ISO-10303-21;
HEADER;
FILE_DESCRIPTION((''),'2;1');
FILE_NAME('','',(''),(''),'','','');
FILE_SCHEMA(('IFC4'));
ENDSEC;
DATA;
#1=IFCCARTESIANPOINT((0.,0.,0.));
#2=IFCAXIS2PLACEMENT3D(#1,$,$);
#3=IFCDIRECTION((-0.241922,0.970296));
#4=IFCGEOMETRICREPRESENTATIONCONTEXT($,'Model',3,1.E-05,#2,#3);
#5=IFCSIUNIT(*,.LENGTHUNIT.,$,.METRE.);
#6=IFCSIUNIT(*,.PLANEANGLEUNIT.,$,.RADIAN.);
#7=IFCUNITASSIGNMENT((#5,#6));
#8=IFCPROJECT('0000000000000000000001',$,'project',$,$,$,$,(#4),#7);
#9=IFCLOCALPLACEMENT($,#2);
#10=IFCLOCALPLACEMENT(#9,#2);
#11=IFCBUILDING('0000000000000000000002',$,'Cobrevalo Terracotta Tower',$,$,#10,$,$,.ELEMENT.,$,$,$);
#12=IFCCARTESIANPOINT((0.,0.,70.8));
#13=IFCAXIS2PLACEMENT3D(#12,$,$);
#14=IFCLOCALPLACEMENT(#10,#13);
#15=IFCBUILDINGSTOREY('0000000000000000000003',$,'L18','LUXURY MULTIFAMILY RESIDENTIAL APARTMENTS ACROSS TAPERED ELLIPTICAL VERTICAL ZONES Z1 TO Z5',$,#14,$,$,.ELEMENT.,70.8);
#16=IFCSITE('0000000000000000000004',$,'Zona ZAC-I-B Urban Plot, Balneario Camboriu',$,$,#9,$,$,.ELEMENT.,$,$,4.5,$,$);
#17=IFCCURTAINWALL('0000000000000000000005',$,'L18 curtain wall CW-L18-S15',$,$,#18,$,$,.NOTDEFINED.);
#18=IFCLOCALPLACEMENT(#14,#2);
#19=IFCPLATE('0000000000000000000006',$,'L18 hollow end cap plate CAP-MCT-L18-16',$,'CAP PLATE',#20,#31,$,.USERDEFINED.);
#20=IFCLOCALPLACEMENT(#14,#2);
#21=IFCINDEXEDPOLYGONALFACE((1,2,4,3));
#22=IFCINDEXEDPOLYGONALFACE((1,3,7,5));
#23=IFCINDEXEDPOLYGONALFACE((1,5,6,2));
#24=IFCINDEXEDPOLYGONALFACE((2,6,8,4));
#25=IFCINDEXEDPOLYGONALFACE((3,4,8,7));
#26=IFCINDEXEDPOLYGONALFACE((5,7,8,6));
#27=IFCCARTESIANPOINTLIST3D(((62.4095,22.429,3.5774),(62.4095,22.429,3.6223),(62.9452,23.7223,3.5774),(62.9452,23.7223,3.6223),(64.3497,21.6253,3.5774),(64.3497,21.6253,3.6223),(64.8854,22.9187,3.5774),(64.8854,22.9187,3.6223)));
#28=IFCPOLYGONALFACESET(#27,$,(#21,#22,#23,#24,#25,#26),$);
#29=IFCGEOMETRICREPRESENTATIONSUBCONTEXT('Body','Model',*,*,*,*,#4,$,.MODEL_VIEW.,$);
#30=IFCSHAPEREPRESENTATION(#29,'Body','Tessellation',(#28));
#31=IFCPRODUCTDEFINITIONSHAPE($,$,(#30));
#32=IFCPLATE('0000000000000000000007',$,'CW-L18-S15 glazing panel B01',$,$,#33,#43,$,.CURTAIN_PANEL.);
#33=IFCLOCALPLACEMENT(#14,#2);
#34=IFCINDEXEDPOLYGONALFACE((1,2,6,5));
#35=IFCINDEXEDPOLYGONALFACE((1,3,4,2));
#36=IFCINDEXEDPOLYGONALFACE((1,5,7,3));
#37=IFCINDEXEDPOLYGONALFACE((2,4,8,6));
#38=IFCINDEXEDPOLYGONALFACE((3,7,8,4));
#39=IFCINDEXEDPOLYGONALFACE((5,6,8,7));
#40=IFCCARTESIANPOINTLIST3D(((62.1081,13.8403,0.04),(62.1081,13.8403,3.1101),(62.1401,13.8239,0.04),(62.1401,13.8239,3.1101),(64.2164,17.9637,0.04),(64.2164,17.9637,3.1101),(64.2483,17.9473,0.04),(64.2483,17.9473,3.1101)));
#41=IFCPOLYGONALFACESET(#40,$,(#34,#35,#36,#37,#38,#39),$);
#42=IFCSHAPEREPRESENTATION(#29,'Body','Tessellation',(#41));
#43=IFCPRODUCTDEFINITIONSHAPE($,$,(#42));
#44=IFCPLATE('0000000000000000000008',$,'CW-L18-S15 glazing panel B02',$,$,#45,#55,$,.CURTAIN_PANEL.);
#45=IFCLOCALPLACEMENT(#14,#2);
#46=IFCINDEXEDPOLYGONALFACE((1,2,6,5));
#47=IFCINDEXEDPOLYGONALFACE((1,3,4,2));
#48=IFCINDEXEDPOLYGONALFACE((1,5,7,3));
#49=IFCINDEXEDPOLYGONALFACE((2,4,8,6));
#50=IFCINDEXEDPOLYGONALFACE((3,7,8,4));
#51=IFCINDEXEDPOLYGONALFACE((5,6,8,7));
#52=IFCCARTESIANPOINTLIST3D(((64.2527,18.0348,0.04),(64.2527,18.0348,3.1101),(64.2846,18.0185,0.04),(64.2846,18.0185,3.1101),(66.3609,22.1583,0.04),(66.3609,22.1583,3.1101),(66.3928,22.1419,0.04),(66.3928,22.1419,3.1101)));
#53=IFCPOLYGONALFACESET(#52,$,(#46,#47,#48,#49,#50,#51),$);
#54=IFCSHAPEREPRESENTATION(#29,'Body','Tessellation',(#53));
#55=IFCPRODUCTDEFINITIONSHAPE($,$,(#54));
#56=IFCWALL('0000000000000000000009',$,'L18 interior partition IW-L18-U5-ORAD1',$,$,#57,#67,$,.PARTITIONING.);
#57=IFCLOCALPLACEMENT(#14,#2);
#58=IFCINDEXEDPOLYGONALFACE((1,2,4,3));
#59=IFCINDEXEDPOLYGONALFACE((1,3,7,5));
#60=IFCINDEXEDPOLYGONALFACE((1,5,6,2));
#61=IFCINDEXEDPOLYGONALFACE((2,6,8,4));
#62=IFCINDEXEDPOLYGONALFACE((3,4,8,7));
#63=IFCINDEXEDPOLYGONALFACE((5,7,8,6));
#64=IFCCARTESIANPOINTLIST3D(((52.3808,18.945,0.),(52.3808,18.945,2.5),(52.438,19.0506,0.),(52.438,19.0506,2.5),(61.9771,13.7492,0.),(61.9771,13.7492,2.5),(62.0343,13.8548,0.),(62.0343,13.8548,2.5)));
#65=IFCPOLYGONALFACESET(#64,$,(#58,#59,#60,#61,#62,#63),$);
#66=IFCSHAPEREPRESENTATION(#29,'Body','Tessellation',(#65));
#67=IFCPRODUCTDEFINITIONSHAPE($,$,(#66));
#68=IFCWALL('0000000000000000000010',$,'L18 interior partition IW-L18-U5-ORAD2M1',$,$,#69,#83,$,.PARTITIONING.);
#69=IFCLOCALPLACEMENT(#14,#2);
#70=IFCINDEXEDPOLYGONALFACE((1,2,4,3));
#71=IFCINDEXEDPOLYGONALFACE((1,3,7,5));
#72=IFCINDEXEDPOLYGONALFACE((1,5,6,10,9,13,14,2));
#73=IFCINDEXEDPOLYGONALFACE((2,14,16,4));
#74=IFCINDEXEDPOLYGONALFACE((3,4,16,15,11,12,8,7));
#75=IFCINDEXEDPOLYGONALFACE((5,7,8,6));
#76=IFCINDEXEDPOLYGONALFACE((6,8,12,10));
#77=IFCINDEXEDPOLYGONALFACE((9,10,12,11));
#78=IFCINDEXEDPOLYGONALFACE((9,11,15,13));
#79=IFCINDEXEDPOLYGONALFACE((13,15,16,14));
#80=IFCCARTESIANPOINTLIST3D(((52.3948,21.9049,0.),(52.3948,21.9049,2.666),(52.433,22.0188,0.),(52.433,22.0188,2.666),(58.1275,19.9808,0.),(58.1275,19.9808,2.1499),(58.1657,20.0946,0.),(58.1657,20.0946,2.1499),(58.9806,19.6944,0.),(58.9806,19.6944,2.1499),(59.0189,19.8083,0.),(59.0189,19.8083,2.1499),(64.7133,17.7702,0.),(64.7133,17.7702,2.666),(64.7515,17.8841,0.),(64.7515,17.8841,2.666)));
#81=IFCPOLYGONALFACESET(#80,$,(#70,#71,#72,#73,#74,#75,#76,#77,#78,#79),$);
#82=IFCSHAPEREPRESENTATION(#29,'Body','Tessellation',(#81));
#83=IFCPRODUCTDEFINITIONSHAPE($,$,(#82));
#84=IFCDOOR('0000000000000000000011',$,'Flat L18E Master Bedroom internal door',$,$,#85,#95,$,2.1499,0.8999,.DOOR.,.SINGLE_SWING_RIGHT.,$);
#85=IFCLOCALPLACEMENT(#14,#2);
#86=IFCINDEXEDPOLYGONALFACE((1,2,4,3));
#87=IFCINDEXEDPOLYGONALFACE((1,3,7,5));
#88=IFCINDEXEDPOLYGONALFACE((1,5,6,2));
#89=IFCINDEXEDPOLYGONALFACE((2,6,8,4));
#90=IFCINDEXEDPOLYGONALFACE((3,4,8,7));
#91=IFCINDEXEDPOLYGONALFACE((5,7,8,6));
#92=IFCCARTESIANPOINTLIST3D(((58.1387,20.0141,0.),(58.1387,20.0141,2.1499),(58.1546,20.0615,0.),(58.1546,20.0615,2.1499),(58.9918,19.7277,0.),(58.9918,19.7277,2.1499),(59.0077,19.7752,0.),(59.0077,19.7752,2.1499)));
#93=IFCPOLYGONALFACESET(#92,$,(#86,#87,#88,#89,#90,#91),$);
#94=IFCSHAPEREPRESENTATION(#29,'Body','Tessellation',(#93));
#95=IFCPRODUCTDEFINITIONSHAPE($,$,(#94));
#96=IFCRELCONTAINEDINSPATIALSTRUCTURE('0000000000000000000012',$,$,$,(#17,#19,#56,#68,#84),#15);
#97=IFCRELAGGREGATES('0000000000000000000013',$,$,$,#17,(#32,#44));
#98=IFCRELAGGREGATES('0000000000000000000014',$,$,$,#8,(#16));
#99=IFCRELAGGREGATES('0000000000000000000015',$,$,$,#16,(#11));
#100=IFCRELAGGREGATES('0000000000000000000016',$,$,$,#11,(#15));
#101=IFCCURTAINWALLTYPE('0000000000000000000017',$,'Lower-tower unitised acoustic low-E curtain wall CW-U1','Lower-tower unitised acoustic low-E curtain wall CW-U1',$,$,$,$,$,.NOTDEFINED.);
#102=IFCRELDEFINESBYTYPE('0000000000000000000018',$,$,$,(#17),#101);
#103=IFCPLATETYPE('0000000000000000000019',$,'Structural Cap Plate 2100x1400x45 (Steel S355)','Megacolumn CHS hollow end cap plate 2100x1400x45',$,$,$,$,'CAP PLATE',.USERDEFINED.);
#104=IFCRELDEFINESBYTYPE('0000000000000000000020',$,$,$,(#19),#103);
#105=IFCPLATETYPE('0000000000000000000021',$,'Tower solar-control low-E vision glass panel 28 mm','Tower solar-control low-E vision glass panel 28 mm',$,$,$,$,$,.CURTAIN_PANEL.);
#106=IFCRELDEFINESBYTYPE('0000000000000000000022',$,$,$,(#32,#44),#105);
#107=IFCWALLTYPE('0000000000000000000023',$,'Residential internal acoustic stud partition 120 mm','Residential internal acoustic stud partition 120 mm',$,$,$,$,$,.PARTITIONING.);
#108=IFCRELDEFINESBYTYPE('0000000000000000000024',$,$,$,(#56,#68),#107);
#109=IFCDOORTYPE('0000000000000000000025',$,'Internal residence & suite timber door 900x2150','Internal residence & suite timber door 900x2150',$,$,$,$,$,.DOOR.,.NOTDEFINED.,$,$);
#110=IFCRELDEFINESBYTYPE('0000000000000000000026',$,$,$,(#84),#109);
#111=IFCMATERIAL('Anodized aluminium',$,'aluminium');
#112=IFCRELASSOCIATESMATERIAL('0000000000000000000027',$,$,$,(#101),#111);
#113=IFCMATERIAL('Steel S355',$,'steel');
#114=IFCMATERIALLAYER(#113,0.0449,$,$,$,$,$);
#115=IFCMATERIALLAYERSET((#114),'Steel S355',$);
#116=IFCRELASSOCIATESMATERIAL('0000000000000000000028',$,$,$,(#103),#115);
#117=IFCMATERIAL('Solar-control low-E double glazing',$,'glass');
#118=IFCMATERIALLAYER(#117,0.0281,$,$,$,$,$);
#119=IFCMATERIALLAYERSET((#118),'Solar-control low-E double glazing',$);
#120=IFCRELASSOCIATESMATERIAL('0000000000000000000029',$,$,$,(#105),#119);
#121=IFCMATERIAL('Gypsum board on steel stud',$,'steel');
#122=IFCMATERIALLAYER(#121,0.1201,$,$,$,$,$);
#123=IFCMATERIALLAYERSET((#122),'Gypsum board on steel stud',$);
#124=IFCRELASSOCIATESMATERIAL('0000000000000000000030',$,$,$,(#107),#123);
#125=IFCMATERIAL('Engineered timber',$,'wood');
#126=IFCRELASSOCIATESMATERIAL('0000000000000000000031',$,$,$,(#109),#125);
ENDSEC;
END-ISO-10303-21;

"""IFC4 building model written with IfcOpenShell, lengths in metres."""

from ifc_helpers import new_model, si_unit, direction, frame, frame_2d, origin, origin_2d, place, context, subcontext, project, spatial, rectangle, extrude, source, transform, mapped, material, layer, layer_set, type_object, element, fill, aggregate, save


model = new_model("IFC4")

# Units and contexts
model_context = context("Model", 3, precision=1e-05, world=origin(), true_north=direction((-0.241922, 0.970296)))
body_context = subcontext(model_context, "Body", "Model", "MODEL_VIEW")
ifc_project = project(units=[si_unit("LENGTHUNIT", "METRE"), si_unit("PLANEANGLEUNIT", "RADIAN")], contexts=[model_context])

# Site, building, storey
site_placement = place(None, origin())
site = spatial("IfcSite", under=ifc_project, at=site_placement, Name="Zona ZAC-I-B Urban Plot, Balneario Camboriu", CompositionType="ELEMENT", RefElevation=4.5)
building_placement = place(site_placement, origin())
building = spatial("IfcBuilding", under=site, at=building_placement, Name="Cobrevalo Terracotta Tower", CompositionType="ELEMENT")
storey_placement = place(building_placement, frame((0.0, 0.0, 70.8)))
storey = spatial("IfcBuildingStorey", under=building, at=storey_placement, Name="L18", Description="LUXURY MULTIFAMILY RESIDENTIAL APARTMENTS ACROSS TAPERED ELLIPTICAL VERTICAL ZONES Z1 TO Z5", CompositionType="ELEMENT", Elevation=70.8)

# Shared definitions
ifc_material_1 = material(Name="Steel S355", Category="steel")

# Curtain wall
ifc_material_2 = material(Name="Anodized aluminium", Category="aluminium")
curtain_wall_type = type_object("IfcCurtainWallType", Name="Lower-tower unitised acoustic low-E curtain wall CW-U1", Description="Lower-tower unitised acoustic low-E curtain wall CW-U1", PredefinedType="NOTDEFINED", material=ifc_material_2)
curtain_wall_1_placement = place(storey_placement, origin())
curtain_wall_1 = element("IfcCurtainWall", 1, at=curtain_wall_1_placement, inside=storey, type_object=curtain_wall_type, Name="L18 curtain wall CW-L18-S15", PredefinedType="NOTDEFINED")

# Plate
ifc_layer_1 = layer(ifc_material_1, 0.0449)
ifc_layer_set_1 = layer_set([ifc_layer_1], Name="Steel S355")
plate_type_1 = type_object("IfcPlateType", Name="Structural Cap Plate 2100x1400x45 (Steel S355)", Description="Megacolumn CHS hollow end cap plate 2100x1400x45", ElementType="CAP PLATE", PredefinedType="USERDEFINED", material=ifc_layer_set_1)
shared_shape_1 = source(origin(), body_context, "Body", "SweptSolid", [
    extrude(rectangle(XDim=2.1001, YDim=1.3999, at=origin_2d()), origin(), (0.0, 0.0, 1.0), 0.0449),
])
for number, where, z_axis, x_axis, name in (
    (2, (63.6475, 22.6738, 3.5774), (0.0, 0.0, 1.0), (0.92388, -0.382683, 0.0), "L18 hollow end cap plate CAP-MCT-L18-16"),
):
    element("IfcPlate", number, at=place(storey_placement, frame(where, z_axis=z_axis, x_axis=x_axis)), inside=storey, type_object=plate_type_1, Name=name, ObjectType="CAP PLATE", PredefinedType="USERDEFINED", context=body_context, shape_type="MappedRepresentation", body=[
        mapped(shared_shape_1, transform((0.0, 0.0, 0.0), scale=1.0)),
    ])

# Plates
ifc_material_3 = material(Name="Solar-control low-E double glazing", Category="glass")
ifc_layer_2 = layer(ifc_material_3, 0.0281)
ifc_layer_set_2 = layer_set([ifc_layer_2], Name="Solar-control low-E double glazing")
plate_type_2 = type_object("IfcPlateType", Name="Tower solar-control low-E vision glass panel 28 mm", Description="Tower solar-control low-E vision glass panel 28 mm", PredefinedType="CURTAIN_PANEL", material=ifc_layer_set_2)
shared_shape_2 = source(origin(), body_context, "Body", "SweptSolid", [
    extrude(rectangle(XDim=4.6311, YDim=0.0359, at=origin_2d()), origin(), (0.0, 0.0, 1.0), 3.0701),
])
plate_1_placement = place(storey_placement, frame((63.1782, 15.8938, 0.04), z_axis=(0.0, 0.0, 1.0), x_axis=(0.455231, 0.890373, 0.0)))
plate_1 = element("IfcPlate", 3, at=plate_1_placement, type_object=plate_type_2, Name="CW-L18-S15 glazing panel B01", PredefinedType="CURTAIN_PANEL", context=body_context, shape_type="MappedRepresentation", body=[
    mapped(shared_shape_2, transform((0.0, 0.0, 0.0), scale=1.0)),
])
plate_2_placement = place(storey_placement, frame((65.3228, 20.0884, 0.04), z_axis=(0.0, 0.0, 1.0), x_axis=(0.455231, 0.890373, 0.0)))
plate_2 = element("IfcPlate", 4, at=plate_2_placement, type_object=plate_type_2, Name="CW-L18-S15 glazing panel B02", PredefinedType="CURTAIN_PANEL", context=body_context, shape_type="MappedRepresentation", body=[
    mapped(shared_shape_2, transform((0.0, 0.0, 0.0), scale=1.0)),
])
aggregate(curtain_wall_1, [plate_1, plate_2])

# Wall
ifc_material_4 = material(Name="Gypsum board on steel stud", Category="steel")
ifc_layer_3 = layer(ifc_material_4, 0.1201)
ifc_layer_set_3 = layer_set([ifc_layer_3], Name="Gypsum board on steel stud")
wall_type = type_object("IfcWallType", Name="Residential internal acoustic stud partition 120 mm", Description="Residential internal acoustic stud partition 120 mm", PredefinedType="PARTITIONING", material=ifc_layer_set_3)
wall_1_placement = place(storey_placement, frame((52.4094, 18.9978, 0.0), z_axis=(0.0, 0.0, 1.0), x_axis=(0.879374, -0.476132, 0.0)))
element("IfcWall", 5, at=wall_1_placement, inside=storey, type_object=wall_type, Name="L18 interior partition IW-L18-U5-ORAD1", PredefinedType="PARTITIONING", context=body_context, shape_type="SweptSolid", body=[
    extrude(rectangle(XDim=10.9126, YDim=0.1201, at=frame_2d((5.4563, 0.0))), origin(), (0.0, 0.0, 1.0), 2.5),
])

# Wall, opening, door
wall_2_placement = place(storey_placement, frame((52.4138, 21.9619, 0.0), z_axis=(0.0, 0.0, 1.0), x_axis=(0.948022, -0.318206, 0.0)))
wall_2 = element("IfcWall", 6, at=wall_2_placement, inside=storey, type_object=wall_type, Name="L18 interior partition IW-L18-U5-ORAD2M1", PredefinedType="PARTITIONING", context=body_context, shape_type="SweptSolid", body=[
    extrude(rectangle(XDim=12.9939, YDim=0.1201, at=frame_2d((6.4971, 0.0))), origin(), (0.0, 0.0, 1.0), 2.666),
])
opening_placement = place(wall_2_placement, frame((6.0471, 0.0, 0.0)))
opening = element("IfcOpeningElement", 7, at=opening_placement, cuts=wall_2, PredefinedType="OPENING", context=body_context, shape_type="SweptSolid", body=[
    extrude(rectangle(XDim=0.8999, YDim=2.1499, at=frame_2d((0.45, 1.075))), frame((0.0, 0.0701, 0.0), z_axis=(0.0, -1.0, 0.0), x_axis=(1.0, 0.0, 0.0)), (0.0, 0.0, 1.0), 0.1401),
])
ifc_material_5 = material(Name="Engineered timber", Category="wood")
door_type = type_object("IfcDoorType", Name="Internal residence & suite timber door 900x2150", Description="Internal residence & suite timber door 900x2150", OperationType="NOTDEFINED", PredefinedType="DOOR", material=ifc_material_5)
shared_shape_3 = source(origin(), body_context, "Body", "SweptSolid", [
    extrude(rectangle(XDim=0.8999, YDim=2.1499, at=frame_2d((0.45, 1.075))), frame((0.0, 0.0249, 0.0), z_axis=(0.0, -1.0, 0.0), x_axis=(1.0, 0.0, 0.0)), (0.0, 0.0, 1.0), 0.05),
])
door_placement = place(opening_placement, frame((0.8999, 0.0, 0.0), z_axis=(0.0, 0.0, 1.0), x_axis=(-1.0, 0.0, 0.0)))
door = element("IfcDoor", 8, at=door_placement, inside=storey, type_object=door_type, Name="Flat L18E Master Bedroom internal door", OperationType="SINGLE_SWING_RIGHT", OverallHeight=2.1499, OverallWidth=0.8999, PredefinedType="DOOR", context=body_context, shape_type="MappedRepresentation", body=[
    mapped(shared_shape_3, transform((0.0, 0.0, 0.0), scale=1.0)),
])
fill(opening, door)

save(model, "model.ifc")
